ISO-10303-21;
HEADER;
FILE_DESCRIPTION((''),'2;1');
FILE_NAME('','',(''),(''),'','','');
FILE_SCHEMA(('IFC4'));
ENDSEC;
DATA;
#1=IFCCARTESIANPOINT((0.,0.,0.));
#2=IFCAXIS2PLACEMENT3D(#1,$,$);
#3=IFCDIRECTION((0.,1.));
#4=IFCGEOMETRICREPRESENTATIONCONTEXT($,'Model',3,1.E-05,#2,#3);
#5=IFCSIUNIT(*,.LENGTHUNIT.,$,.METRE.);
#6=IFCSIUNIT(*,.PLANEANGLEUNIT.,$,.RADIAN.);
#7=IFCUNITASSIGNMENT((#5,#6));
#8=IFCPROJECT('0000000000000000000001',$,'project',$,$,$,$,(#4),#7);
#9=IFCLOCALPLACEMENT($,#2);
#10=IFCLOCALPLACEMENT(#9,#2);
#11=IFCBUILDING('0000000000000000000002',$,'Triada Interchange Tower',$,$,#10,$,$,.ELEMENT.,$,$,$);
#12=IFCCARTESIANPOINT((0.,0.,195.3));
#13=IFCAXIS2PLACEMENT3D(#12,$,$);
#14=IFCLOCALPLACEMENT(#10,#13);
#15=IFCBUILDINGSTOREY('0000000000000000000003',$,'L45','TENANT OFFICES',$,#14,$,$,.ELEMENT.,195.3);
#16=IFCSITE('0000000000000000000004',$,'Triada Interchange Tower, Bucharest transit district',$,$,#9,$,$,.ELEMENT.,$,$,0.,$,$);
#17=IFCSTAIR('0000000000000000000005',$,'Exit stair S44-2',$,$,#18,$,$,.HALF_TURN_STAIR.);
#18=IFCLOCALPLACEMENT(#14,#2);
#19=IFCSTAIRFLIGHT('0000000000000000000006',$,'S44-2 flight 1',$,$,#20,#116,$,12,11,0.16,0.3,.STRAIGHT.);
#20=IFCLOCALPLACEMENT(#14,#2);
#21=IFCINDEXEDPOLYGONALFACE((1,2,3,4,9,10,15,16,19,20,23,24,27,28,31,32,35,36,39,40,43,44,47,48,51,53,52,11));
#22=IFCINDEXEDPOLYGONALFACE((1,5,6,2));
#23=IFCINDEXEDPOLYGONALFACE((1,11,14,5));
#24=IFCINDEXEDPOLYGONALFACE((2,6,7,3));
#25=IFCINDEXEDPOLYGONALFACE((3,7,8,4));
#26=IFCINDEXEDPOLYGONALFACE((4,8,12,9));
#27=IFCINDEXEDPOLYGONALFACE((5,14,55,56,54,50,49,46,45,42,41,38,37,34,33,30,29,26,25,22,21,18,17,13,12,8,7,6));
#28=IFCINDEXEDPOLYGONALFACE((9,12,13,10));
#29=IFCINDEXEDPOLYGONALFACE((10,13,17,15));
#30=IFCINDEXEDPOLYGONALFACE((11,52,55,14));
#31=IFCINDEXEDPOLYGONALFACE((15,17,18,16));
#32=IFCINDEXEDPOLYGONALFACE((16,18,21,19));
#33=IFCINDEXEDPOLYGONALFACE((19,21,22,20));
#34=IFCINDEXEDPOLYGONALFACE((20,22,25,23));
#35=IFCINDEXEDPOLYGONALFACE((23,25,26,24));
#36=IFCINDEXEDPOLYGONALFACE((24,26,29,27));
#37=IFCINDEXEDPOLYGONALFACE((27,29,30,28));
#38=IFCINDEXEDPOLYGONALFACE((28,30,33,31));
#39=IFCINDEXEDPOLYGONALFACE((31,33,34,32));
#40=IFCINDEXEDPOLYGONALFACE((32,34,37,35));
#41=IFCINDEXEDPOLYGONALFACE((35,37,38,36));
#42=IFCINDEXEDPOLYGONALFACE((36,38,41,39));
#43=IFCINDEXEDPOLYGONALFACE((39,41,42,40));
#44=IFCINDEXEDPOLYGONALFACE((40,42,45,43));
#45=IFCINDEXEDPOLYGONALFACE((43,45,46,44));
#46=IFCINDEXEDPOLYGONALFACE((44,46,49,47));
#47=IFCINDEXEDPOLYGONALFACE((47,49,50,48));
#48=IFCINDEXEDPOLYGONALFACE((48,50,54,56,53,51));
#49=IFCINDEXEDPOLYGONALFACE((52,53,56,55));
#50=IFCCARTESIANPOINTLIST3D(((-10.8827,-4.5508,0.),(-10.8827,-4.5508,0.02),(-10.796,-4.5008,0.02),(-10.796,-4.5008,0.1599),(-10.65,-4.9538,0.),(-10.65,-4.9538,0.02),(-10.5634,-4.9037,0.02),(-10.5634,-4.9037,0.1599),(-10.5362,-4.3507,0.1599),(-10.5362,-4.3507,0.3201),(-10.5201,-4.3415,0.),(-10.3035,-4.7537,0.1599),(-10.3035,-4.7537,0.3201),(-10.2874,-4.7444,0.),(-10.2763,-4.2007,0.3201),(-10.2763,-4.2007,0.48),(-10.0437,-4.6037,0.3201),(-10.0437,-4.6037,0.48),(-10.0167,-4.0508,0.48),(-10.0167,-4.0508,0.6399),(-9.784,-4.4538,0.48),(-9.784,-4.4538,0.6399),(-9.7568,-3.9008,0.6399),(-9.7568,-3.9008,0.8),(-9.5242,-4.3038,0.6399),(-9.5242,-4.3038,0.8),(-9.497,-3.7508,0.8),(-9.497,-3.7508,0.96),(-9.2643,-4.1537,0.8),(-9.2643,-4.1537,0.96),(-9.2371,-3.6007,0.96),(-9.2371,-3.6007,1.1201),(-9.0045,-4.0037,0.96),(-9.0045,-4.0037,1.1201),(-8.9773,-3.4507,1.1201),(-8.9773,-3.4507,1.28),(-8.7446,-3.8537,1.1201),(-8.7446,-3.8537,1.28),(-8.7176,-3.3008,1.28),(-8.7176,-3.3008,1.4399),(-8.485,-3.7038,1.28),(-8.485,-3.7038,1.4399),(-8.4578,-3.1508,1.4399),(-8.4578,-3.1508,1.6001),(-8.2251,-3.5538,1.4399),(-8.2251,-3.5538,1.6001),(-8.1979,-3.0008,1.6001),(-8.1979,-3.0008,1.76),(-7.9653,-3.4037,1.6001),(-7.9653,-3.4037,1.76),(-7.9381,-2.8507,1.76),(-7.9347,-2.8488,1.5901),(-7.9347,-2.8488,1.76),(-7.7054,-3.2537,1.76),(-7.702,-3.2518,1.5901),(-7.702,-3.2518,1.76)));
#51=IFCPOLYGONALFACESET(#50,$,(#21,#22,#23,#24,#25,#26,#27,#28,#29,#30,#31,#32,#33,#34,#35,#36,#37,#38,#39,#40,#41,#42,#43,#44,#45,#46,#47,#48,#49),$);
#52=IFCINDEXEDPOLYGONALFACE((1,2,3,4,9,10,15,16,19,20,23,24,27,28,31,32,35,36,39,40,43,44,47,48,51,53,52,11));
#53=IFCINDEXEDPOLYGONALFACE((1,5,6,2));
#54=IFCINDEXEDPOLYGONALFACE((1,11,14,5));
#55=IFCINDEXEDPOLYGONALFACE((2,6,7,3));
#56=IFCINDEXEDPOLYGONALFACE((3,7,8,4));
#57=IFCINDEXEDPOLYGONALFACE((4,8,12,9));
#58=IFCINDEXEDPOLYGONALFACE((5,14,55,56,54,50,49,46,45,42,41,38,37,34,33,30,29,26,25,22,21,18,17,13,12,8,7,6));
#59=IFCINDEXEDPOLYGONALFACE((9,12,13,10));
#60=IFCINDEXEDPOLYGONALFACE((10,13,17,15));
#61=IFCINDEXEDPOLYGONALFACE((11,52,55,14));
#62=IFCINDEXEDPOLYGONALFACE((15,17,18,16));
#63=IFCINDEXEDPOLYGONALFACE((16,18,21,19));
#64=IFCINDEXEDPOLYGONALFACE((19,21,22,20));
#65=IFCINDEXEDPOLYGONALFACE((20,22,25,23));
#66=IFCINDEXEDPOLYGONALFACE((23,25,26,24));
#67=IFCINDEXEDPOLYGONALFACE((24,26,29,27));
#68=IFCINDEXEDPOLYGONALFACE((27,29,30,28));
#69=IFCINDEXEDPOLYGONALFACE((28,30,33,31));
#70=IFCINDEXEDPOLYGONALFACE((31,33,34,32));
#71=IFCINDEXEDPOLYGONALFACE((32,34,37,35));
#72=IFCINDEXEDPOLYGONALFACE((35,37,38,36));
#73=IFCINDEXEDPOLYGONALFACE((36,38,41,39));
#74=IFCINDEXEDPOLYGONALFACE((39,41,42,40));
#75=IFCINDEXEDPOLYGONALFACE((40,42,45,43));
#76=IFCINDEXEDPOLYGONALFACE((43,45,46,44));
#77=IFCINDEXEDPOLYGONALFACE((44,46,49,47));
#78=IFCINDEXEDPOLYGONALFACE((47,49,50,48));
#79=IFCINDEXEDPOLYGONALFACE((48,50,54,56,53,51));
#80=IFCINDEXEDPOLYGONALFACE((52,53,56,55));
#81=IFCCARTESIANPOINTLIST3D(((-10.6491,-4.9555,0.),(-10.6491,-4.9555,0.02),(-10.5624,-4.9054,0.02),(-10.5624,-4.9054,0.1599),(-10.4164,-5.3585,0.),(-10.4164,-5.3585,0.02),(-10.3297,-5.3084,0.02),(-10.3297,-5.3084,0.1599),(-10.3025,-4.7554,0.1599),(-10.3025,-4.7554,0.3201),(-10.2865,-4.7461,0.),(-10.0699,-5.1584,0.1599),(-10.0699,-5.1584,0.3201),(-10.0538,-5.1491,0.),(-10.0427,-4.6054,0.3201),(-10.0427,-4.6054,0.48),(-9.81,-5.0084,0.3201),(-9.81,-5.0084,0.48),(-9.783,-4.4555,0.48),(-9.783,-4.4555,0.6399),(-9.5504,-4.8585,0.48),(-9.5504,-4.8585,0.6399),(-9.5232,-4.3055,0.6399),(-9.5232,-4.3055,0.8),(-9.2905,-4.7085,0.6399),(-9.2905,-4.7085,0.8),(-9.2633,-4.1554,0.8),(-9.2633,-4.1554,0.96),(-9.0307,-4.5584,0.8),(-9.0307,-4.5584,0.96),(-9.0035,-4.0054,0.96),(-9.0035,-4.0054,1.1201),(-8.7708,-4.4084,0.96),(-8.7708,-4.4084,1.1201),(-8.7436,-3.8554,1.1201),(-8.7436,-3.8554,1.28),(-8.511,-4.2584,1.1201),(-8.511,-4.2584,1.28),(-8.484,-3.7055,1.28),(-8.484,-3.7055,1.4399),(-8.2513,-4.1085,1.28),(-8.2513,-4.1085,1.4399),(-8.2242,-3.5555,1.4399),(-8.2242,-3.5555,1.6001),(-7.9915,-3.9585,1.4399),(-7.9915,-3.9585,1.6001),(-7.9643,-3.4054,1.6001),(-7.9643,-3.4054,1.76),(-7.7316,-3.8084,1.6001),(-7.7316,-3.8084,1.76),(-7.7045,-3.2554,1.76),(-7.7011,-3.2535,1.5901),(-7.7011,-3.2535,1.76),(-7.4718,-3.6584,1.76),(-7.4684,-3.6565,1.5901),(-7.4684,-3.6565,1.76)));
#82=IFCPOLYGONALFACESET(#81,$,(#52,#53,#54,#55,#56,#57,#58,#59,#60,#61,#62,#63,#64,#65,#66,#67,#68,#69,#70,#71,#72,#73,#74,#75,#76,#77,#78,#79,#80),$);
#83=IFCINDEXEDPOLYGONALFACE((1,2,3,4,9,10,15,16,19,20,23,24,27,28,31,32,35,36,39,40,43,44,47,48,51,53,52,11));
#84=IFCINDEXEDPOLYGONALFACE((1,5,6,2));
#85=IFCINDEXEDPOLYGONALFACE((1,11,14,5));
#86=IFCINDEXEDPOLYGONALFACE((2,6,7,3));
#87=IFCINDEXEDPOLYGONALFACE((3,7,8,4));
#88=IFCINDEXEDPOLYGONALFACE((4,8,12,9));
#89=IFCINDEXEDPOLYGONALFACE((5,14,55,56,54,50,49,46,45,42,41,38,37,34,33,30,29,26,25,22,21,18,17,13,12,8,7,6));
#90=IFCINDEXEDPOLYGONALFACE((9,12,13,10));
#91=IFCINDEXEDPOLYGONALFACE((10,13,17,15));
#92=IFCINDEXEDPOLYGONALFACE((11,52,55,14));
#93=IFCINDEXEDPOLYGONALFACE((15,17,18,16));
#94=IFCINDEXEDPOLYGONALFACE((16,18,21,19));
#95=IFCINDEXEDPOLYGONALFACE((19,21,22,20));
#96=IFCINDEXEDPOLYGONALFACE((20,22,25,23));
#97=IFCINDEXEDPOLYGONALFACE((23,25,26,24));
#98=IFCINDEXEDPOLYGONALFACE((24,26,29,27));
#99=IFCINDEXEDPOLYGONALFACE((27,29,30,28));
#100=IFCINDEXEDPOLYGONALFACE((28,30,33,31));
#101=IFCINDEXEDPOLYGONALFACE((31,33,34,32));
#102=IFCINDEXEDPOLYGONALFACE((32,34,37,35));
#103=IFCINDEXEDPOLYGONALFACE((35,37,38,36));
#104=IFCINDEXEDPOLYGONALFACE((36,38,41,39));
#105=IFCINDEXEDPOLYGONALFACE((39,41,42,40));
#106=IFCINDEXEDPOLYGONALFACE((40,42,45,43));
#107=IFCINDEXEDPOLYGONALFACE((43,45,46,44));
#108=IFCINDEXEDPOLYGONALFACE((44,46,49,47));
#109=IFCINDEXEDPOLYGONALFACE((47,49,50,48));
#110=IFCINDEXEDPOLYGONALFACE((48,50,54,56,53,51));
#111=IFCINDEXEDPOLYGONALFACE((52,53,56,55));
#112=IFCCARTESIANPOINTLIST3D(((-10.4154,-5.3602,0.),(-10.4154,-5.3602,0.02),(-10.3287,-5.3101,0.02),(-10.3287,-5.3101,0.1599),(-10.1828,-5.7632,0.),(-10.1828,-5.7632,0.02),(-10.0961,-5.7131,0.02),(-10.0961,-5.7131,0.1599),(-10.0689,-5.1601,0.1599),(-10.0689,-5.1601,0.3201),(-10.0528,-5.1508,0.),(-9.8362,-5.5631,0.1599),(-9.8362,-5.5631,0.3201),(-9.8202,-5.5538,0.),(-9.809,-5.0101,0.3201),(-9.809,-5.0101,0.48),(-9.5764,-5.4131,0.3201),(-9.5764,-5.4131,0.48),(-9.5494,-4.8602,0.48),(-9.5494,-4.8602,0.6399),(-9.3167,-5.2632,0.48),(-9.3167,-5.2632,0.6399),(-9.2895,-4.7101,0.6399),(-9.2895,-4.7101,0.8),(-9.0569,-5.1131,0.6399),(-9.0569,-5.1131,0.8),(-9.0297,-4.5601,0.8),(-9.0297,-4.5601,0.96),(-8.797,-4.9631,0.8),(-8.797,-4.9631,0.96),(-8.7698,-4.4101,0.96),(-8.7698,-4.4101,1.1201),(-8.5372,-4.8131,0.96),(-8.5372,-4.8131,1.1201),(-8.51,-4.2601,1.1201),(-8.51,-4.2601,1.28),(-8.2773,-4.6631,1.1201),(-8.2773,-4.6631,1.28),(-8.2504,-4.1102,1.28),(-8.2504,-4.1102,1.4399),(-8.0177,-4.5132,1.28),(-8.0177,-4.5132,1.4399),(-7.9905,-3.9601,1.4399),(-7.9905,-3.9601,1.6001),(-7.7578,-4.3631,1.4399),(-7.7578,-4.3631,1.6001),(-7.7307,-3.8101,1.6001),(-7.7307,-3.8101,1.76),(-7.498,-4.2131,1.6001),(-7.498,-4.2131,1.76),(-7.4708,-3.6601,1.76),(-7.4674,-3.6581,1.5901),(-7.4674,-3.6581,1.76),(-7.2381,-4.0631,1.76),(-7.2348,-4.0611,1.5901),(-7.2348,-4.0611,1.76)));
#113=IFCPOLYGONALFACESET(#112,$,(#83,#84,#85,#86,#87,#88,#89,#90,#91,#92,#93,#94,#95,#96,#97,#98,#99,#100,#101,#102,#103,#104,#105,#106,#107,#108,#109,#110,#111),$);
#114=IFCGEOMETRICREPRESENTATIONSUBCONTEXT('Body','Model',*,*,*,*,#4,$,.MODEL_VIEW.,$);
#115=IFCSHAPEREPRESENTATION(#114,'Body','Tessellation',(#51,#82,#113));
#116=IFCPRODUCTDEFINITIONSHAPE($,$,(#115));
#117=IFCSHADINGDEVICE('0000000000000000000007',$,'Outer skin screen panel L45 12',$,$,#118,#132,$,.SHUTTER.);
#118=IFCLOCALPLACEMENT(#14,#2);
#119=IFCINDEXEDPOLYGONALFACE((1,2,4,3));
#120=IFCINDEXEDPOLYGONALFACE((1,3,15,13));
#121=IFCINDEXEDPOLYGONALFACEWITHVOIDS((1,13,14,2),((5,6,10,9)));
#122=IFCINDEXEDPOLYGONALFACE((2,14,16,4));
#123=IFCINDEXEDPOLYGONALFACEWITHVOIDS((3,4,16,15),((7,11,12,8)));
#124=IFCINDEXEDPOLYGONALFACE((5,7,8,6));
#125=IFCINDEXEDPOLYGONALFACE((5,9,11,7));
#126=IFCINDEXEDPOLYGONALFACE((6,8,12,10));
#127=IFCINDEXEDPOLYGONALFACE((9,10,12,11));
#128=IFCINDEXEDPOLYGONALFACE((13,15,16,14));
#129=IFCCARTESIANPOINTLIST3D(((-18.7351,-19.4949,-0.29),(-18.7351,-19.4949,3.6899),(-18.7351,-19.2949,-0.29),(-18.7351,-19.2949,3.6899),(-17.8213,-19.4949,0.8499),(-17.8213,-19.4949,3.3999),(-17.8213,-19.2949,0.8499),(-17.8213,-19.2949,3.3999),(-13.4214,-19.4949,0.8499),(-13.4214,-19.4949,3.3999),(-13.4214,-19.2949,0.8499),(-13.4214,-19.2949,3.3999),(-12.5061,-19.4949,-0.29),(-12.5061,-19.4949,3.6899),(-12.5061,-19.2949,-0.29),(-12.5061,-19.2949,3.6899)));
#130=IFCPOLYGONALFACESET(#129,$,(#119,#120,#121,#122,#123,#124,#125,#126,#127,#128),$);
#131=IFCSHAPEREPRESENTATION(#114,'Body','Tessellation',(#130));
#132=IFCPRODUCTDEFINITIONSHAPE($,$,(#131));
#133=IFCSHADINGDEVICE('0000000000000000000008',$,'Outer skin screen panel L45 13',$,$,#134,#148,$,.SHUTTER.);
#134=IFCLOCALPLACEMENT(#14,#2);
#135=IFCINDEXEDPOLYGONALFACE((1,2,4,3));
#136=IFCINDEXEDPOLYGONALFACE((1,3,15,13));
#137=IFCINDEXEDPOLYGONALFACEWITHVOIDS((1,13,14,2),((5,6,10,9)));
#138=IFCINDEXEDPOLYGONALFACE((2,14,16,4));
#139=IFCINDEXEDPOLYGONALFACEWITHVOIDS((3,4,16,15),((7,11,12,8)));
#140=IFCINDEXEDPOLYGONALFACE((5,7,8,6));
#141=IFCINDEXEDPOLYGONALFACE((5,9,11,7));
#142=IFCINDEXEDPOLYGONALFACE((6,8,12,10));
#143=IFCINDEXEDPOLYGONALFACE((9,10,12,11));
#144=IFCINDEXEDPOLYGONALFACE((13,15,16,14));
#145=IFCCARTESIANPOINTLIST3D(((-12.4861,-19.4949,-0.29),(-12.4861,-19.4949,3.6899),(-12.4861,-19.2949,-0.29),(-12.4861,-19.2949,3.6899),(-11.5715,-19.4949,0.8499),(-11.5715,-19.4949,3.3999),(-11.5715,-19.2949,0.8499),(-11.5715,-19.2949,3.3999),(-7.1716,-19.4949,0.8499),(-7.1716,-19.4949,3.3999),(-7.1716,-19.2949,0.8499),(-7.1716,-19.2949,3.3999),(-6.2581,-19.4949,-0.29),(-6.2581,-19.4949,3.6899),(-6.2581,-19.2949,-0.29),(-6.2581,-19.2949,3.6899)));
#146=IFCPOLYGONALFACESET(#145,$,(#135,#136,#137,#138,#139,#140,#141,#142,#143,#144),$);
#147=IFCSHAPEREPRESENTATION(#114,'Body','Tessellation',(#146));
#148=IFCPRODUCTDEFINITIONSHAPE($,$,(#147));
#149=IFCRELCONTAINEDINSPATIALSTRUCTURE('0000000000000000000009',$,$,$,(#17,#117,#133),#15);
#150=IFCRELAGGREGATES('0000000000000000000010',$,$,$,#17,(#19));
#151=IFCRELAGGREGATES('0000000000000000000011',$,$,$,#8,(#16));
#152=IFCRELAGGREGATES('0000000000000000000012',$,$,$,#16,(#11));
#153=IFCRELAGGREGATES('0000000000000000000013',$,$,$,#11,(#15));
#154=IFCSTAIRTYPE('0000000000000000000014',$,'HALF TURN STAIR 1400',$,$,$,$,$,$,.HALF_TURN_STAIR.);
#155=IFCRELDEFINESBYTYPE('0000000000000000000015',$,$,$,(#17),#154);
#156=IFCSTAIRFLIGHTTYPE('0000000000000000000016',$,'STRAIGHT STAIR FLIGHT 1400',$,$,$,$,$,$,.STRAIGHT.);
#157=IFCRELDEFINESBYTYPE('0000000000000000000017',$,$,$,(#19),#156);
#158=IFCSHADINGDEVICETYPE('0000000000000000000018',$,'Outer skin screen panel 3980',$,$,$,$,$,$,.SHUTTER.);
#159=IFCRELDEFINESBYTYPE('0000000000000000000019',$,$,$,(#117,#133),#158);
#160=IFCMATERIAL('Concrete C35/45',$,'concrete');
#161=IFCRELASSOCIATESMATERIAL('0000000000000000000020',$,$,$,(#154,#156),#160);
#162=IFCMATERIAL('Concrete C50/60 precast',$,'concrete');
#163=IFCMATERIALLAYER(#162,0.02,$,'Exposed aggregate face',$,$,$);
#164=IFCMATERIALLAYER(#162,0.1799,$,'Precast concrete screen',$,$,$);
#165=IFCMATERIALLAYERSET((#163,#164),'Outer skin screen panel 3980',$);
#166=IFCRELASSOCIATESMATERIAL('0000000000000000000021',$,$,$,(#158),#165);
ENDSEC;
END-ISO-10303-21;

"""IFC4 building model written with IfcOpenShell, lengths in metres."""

from ifc_helpers import new_model, si_unit, direction, frame, origin, place, context, subcontext, project, spatial, polyline, outline, extrude, material, layer, layer_set, type_object, element, aggregate, save


model = new_model("IFC4")

# Units and contexts
model_context = context("Model", 3, precision=1e-05, world=origin(), true_north=direction((0.0, 1.0)))
body_context = subcontext(model_context, "Body", "Model", "MODEL_VIEW")
ifc_project = project(units=[si_unit("LENGTHUNIT", "METRE"), si_unit("PLANEANGLEUNIT", "RADIAN")], contexts=[model_context])

# Site, building, storey
site_placement = place(None, origin())
site = spatial("IfcSite", under=ifc_project, at=site_placement, Name="Triada Interchange Tower, Bucharest transit district", CompositionType="ELEMENT", RefElevation=0.0)
building_placement = place(site_placement, origin())
building = spatial("IfcBuilding", under=site, at=building_placement, Name="Triada Interchange Tower", CompositionType="ELEMENT")
storey_placement = place(building_placement, frame((0.0, 0.0, 195.3)))
storey = spatial("IfcBuildingStorey", under=building, at=storey_placement, Name="L45", Description="TENANT OFFICES", CompositionType="ELEMENT", Elevation=195.3)

# Stair, stair flight
ifc_material_1 = material(Name="Concrete C35/45", Category="concrete")
stair_type = type_object("IfcStairType", Name="HALF TURN STAIR 1400", PredefinedType="HALF_TURN_STAIR", material=ifc_material_1)
stair_placement = place(storey_placement, origin())
stair = element("IfcStair", 1, at=stair_placement, inside=storey, type_object=stair_type, Name="Exit stair S44-2", PredefinedType="HALF_TURN_STAIR")
stair_flight_type = type_object("IfcStairFlightType", Name="STRAIGHT STAIR FLIGHT 1400", PredefinedType="STRAIGHT", material=ifc_material_1)
stair_flight_placement = place(storey_placement, frame((-10.446, -5.1069, 0.0), z_axis=(0.0, 0.0, 1.0), x_axis=(0.866025, 0.5, 0.0)))
stair_flight = element("IfcStairFlight", 2, at=stair_flight_placement, type_object=stair_flight_type, Name="S44-2 flight 1", NumberOfRisers=12, NumberOfTreads=11, PredefinedType="STRAIGHT", RiserHeight=0.16, TreadLength=0.3, context=body_context, shape_type="SweptSolid", body=[
    extrude(outline(polyline([(-0.1001, 0.0), (-0.1001, 0.02), (0.0, 0.02), (0.0, 0.1599), (0.3, 0.1599), (0.3, 0.3201), (0.6001, 0.3201), (0.6001, 0.48), (0.8999, 0.48), (0.8999, 0.6399), (1.2, 0.6399), (1.2, 0.8), (1.5, 0.8), (1.5, 0.96), (1.8, 0.96), (1.8, 1.1201), (2.1001, 1.1201), (2.1001, 1.28), (2.3999, 1.28), (2.3999, 1.4399), (2.7, 1.4399), (2.7, 1.6001), (3.0, 1.6001), (3.0, 1.76), (3.3, 1.76), (3.304, 1.76), (3.304, 1.9199), (3.304, 1.5901), (0.3186, 0.0), (-0.1001, 0.0)])), frame((0.0, 0.7, 0.0), z_axis=(0.0, -1.0, 0.0), x_axis=(1.0, 0.0, 0.0)), (0.0, 0.0, 1.0), 0.4653),
    extrude(outline(polyline([(-0.1001, 0.0), (-0.1001, 0.02), (0.0, 0.02), (0.0, 0.1599), (0.3, 0.1599), (0.3, 0.3201), (0.6001, 0.3201), (0.6001, 0.48), (0.8999, 0.48), (0.8999, 0.6399), (1.2, 0.6399), (1.2, 0.8), (1.5, 0.8), (1.5, 0.96), (1.8, 0.96), (1.8, 1.1201), (2.1001, 1.1201), (2.1001, 1.28), (2.3999, 1.28), (2.3999, 1.4399), (2.7, 1.4399), (2.7, 1.6001), (3.0, 1.6001), (3.0, 1.76), (3.3, 1.76), (3.304, 1.76), (3.304, 1.9199), (3.304, 1.5901), (0.3186, 0.0), (-0.1001, 0.0)])), frame((0.0, 0.2327, 0.0), z_axis=(0.0, -1.0, 0.0), x_axis=(1.0, 0.0, 0.0)), (0.0, 0.0, 1.0), 0.4653),
    extrude(outline(polyline([(-0.1001, 0.0), (-0.1001, 0.02), (0.0, 0.02), (0.0, 0.1599), (0.3, 0.1599), (0.3, 0.3201), (0.6001, 0.3201), (0.6001, 0.48), (0.8999, 0.48), (0.8999, 0.6399), (1.2, 0.6399), (1.2, 0.8), (1.5, 0.8), (1.5, 0.96), (1.8, 0.96), (1.8, 1.1201), (2.1001, 1.1201), (2.1001, 1.28), (2.3999, 1.28), (2.3999, 1.4399), (2.7, 1.4399), (2.7, 1.6001), (3.0, 1.6001), (3.0, 1.76), (3.3, 1.76), (3.304, 1.76), (3.304, 1.9199), (3.304, 1.5901), (0.3186, 0.0), (-0.1001, 0.0)])), frame((0.0, -0.2346, 0.0), z_axis=(0.0, -1.0, 0.0), x_axis=(1.0, 0.0, 0.0)), (0.0, 0.0, 1.0), 0.4653),
])

# Shading devices
ifc_material_2 = material(Name="Concrete C50/60 precast", Category="concrete")
ifc_layer_1 = layer(ifc_material_2, 0.02, Name="Exposed aggregate face")
ifc_layer_2 = layer(ifc_material_2, 0.1799, Name="Precast concrete screen")
ifc_layer_set_1 = layer_set([ifc_layer_1, ifc_layer_2], Name="Outer skin screen panel 3980")
shading_device_type = type_object("IfcShadingDeviceType", Name="Outer skin screen panel 3980", PredefinedType="SHUTTER", material=ifc_layer_set_1)
shading_device_1_placement = place(storey_placement, frame((-18.7351, -19.2949, -0.29), z_axis=(0.0, 0.0, 1.0), x_axis=(1.0, 0.0, 0.0)))
element("IfcShadingDevice", 3, at=shading_device_1_placement, inside=storey, type_object=shading_device_type, Name="Outer skin screen panel L45 12", PredefinedType="SHUTTER", context=body_context, shape_type="SweptSolid", body=[
    extrude(outline(polyline([(0.0, 0.0), (6.229, 0.0), (6.229, 3.98), (0.0, 3.98), (0.0, 0.0)]), holes=[polyline([(0.9138, 1.1399), (0.9138, 3.6899), (5.3137, 3.6899), (5.3137, 1.1399), (0.9138, 1.1399)])]), frame((0.0, 0.0, 0.0), z_axis=(0.0, -1.0, 0.0), x_axis=(1.0, 0.0, 0.0)), (0.0, 0.0, 1.0), 0.2),
])
shading_device_2_placement = place(storey_placement, frame((-12.4861, -19.2949, -0.29), z_axis=(0.0, 0.0, 1.0), x_axis=(1.0, 0.0, 0.0)))
element("IfcShadingDevice", 4, at=shading_device_2_placement, inside=storey, type_object=shading_device_type, Name="Outer skin screen panel L45 13", PredefinedType="SHUTTER", context=body_context, shape_type="SweptSolid", body=[
    extrude(outline(polyline([(0.0, 0.0), (6.228, 0.0), (6.228, 3.98), (0.0, 3.98), (0.0, 0.0)]), holes=[polyline([(0.9146, 1.1399), (0.9146, 3.6899), (5.3145, 3.6899), (5.3145, 1.1399), (0.9146, 1.1399)])]), frame((0.0, 0.0, 0.0), z_axis=(0.0, -1.0, 0.0), x_axis=(1.0, 0.0, 0.0)), (0.0, 0.0, 1.0), 0.2),
])

aggregate(stair, [stair_flight])

save(model, "model.ifc")
